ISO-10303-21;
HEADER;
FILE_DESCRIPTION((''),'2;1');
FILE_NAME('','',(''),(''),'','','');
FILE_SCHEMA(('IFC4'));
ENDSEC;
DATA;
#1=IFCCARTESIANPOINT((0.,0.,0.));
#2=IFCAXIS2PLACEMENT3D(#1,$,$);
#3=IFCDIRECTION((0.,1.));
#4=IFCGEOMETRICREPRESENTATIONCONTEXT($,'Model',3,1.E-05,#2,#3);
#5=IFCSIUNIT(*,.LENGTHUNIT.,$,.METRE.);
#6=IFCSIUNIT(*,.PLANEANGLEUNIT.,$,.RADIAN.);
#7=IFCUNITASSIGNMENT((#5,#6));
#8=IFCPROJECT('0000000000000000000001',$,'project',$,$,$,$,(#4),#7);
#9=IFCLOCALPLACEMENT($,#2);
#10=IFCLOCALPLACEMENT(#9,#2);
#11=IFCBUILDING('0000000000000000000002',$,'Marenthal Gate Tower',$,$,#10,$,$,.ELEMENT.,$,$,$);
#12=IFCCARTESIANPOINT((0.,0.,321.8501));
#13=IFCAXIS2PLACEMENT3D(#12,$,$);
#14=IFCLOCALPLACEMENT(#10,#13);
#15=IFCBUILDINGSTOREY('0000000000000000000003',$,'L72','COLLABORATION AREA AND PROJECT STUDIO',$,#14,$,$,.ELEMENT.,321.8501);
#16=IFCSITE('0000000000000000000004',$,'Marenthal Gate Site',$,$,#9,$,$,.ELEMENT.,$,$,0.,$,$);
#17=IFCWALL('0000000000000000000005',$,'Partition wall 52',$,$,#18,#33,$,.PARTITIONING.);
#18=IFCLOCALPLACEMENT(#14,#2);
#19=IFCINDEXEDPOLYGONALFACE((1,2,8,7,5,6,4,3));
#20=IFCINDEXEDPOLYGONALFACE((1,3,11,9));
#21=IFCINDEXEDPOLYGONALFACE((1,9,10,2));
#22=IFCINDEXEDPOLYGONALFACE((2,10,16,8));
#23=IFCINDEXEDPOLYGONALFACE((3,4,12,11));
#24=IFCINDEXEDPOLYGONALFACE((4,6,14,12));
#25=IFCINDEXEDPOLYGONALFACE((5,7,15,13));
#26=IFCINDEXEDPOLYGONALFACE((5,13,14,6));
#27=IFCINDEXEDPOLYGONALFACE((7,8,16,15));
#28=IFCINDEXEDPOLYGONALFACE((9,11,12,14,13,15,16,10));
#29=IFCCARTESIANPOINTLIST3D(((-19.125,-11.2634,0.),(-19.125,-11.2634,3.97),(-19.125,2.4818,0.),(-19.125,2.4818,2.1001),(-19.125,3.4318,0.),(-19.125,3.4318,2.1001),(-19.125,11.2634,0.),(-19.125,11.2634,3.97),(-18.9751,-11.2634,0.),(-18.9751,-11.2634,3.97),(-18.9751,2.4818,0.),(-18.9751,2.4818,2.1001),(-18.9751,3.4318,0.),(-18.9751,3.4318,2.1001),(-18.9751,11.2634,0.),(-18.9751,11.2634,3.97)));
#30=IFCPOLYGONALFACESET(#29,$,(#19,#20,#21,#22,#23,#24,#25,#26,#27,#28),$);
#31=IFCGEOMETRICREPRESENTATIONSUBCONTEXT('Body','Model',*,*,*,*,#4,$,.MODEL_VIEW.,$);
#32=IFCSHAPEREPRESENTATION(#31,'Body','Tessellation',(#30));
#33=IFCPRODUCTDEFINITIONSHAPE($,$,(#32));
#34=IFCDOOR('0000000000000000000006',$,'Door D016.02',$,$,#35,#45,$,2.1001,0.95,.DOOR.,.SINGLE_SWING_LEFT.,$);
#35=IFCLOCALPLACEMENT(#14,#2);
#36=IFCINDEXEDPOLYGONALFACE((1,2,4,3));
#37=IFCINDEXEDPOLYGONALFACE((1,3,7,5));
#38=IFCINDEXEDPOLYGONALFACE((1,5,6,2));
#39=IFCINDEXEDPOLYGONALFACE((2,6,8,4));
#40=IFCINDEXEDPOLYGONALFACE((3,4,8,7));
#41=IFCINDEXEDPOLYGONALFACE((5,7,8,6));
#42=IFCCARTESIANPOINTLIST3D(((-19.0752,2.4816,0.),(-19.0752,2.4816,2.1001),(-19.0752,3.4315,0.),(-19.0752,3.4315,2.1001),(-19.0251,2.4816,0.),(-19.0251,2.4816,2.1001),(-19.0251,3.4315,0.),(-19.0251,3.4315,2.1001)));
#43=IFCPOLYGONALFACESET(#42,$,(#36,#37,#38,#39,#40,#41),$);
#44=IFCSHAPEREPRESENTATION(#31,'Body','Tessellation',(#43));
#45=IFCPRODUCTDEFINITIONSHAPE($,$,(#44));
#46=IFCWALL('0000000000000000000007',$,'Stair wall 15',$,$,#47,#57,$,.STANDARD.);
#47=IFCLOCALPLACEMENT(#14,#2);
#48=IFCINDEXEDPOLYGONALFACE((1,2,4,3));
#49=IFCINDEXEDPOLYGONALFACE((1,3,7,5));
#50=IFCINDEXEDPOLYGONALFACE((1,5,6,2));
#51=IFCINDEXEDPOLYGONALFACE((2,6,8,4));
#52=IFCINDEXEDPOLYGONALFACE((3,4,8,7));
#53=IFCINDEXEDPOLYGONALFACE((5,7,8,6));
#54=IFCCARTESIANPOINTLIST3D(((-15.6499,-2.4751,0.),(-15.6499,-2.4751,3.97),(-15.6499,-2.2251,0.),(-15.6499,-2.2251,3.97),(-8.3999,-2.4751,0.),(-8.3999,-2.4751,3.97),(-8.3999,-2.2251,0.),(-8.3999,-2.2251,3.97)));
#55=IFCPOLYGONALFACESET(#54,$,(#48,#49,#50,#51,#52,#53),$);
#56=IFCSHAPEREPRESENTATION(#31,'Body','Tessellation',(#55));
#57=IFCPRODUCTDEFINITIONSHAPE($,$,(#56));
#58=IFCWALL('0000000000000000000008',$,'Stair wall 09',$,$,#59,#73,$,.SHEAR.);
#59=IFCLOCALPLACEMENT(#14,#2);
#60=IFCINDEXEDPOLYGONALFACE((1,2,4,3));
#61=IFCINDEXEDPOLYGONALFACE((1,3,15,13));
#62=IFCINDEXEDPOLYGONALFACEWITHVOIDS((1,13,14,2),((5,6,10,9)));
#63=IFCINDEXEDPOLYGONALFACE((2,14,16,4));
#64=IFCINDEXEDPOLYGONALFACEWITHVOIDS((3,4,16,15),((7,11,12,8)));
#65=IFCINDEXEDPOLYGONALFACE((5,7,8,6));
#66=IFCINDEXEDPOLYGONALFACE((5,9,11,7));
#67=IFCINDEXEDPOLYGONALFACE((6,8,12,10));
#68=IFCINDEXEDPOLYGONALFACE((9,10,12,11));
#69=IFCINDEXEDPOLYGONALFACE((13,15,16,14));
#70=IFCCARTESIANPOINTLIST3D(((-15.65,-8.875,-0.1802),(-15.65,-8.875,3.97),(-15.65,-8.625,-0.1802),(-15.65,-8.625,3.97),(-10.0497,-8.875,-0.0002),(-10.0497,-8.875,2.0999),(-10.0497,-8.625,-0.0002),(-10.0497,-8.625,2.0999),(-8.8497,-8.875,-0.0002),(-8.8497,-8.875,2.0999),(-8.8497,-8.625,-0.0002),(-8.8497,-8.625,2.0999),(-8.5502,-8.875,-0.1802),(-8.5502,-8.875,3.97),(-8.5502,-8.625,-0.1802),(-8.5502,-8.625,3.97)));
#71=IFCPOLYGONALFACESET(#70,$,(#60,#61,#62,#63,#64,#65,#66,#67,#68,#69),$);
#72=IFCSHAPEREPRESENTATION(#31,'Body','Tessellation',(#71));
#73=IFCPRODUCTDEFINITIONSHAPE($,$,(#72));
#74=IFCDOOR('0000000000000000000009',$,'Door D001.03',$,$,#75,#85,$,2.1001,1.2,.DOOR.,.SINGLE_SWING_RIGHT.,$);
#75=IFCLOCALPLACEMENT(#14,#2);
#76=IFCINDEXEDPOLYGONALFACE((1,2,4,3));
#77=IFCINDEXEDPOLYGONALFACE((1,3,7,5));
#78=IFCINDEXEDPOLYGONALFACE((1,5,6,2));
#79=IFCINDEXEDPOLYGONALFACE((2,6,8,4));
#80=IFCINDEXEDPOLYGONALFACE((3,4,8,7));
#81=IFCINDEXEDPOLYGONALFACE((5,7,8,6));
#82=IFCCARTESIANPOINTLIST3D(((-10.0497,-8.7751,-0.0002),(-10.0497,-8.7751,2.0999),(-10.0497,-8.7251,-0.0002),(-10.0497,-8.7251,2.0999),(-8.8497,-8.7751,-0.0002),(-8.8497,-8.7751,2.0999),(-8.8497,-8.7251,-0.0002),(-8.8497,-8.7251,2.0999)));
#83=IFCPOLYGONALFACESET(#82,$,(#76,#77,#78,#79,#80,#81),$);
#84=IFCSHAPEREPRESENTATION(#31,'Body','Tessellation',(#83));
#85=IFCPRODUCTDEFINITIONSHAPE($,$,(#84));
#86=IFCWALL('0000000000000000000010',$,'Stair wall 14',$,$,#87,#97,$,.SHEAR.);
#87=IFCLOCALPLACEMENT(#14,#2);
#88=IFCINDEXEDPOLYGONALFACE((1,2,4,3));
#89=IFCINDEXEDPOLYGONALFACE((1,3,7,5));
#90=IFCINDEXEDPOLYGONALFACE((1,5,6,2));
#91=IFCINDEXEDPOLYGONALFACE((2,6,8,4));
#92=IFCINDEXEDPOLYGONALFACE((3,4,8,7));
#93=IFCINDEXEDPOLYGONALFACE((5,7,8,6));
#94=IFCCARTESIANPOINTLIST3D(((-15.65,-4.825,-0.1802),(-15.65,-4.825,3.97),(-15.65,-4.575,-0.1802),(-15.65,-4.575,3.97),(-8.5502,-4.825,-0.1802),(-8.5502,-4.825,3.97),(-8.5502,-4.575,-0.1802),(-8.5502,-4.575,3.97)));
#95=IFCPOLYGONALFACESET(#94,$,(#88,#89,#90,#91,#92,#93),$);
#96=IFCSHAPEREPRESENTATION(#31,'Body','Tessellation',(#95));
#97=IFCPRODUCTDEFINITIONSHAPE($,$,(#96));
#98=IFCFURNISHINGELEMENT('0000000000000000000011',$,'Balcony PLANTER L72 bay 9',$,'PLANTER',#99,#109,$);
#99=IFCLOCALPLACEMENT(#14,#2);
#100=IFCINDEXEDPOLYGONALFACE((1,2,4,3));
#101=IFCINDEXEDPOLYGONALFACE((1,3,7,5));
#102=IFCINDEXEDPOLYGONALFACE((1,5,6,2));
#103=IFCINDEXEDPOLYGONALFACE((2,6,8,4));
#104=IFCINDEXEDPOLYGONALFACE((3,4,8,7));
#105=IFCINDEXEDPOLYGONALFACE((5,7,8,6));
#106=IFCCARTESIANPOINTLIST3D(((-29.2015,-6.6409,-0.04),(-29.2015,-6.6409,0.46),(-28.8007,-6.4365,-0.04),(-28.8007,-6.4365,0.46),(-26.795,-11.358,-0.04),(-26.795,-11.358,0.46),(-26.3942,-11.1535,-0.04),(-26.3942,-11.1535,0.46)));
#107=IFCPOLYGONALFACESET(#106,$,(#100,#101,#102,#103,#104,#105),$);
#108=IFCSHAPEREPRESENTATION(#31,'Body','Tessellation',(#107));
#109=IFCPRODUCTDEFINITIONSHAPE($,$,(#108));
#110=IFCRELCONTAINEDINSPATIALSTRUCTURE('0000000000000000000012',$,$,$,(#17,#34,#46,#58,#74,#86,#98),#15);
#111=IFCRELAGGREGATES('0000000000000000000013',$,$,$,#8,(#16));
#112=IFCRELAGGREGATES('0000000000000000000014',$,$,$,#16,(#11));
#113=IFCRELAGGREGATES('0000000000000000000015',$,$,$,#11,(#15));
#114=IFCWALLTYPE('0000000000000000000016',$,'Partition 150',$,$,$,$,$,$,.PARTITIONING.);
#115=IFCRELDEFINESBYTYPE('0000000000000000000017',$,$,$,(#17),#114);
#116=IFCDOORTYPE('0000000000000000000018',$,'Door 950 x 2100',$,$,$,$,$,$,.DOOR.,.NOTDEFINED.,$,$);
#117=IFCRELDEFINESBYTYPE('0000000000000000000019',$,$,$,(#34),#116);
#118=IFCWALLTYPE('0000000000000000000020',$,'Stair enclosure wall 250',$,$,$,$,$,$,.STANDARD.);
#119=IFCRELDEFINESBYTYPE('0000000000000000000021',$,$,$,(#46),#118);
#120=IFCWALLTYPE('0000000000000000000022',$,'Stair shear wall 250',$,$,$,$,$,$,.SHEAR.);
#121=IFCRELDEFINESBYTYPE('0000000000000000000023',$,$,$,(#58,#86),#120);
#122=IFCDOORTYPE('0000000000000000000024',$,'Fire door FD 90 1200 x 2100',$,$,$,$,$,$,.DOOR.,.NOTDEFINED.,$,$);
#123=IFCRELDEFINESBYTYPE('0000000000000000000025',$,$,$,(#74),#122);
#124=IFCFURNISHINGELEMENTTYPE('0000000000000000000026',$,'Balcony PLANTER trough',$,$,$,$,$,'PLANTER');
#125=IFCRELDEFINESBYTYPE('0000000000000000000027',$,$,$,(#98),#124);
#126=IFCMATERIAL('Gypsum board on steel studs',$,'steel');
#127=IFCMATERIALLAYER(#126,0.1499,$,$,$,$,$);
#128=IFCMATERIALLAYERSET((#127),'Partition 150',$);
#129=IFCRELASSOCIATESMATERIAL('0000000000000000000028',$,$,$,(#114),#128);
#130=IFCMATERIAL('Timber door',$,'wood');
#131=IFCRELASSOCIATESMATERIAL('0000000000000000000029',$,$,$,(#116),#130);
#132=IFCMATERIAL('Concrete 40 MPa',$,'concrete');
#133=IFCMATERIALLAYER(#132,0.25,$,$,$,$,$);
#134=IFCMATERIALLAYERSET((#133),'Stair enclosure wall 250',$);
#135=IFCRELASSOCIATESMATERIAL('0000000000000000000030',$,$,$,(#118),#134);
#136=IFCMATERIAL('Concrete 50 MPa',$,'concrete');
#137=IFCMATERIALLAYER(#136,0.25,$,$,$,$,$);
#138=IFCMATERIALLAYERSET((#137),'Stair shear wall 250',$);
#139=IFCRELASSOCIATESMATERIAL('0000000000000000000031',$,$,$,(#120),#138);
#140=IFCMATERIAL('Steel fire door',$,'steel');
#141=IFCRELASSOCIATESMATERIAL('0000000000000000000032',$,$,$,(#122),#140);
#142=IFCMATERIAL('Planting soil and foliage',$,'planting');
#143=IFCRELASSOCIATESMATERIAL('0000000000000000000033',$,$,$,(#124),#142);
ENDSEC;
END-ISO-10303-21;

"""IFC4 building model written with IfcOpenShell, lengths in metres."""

from ifc_helpers import new_model, si_unit, direction, frame, frame_2d, origin, origin_2d, place, context, subcontext, project, spatial, rectangle, extrude, material, layer, layer_set, type_object, element, fill, save


model = new_model("IFC4")

# Units and contexts
model_context = context("Model", 3, precision=1e-05, world=origin(), true_north=direction((0.0, 1.0)))
body_context = subcontext(model_context, "Body", "Model", "MODEL_VIEW")
ifc_project = project(units=[si_unit("LENGTHUNIT", "METRE"), si_unit("PLANEANGLEUNIT", "RADIAN")], contexts=[model_context])

# Site, building, storey
site_placement = place(None, origin())
site = spatial("IfcSite", under=ifc_project, at=site_placement, Name="Marenthal Gate Site", CompositionType="ELEMENT", RefElevation=0.0)
building_placement = place(site_placement, origin())
building = spatial("IfcBuilding", under=site, at=building_placement, Name="Marenthal Gate Tower", CompositionType="ELEMENT")
storey_placement = place(building_placement, frame((0.0, 0.0, 321.8501)))
storey = spatial("IfcBuildingStorey", under=building, at=storey_placement, Name="L72", Description="COLLABORATION AREA AND PROJECT STUDIO", CompositionType="ELEMENT", Elevation=321.8501)

# Wall, opening, door
ifc_material_1 = material(Name="Gypsum board on steel studs", Category="steel")
ifc_layer_1 = layer(ifc_material_1, 0.1499)
ifc_layer_set_1 = layer_set([ifc_layer_1], Name="Partition 150")
wall_type_1 = type_object("IfcWallType", Name="Partition 150", PredefinedType="PARTITIONING", material=ifc_layer_set_1)
wall_1_placement = place(storey_placement, frame((-19.05, -11.2634, 0.0), z_axis=(0.0, 0.0, 1.0), x_axis=(0.0, 1.0, 0.0)))
wall_1 = element("IfcWall", 1, at=wall_1_placement, inside=storey, type_object=wall_type_1, Name="Partition wall 52", PredefinedType="PARTITIONING", context=body_context, shape_type="SweptSolid", body=[
    extrude(rectangle(XDim=22.5269, YDim=0.1499, at=frame_2d((11.2634, 0.0))), origin(), (0.0, 0.0, 1.0), 3.97),
])
opening_1_placement = place(wall_1_placement, frame((13.7451, 0.0, 0.0)))
opening_1 = element("IfcOpeningElement", 2, at=opening_1_placement, cuts=wall_1, PredefinedType="OPENING", context=body_context, shape_type="SweptSolid", body=[
    extrude(rectangle(XDim=0.95, YDim=2.1001, at=frame_2d((0.4751, 1.05))), frame((0.0, 0.085, 0.0), z_axis=(0.0, -1.0, 0.0), x_axis=(1.0, 0.0, 0.0)), (0.0, 0.0, 1.0), 0.1699),
])
ifc_material_2 = material(Name="Timber door", Category="wood")
door_type_1 = type_object("IfcDoorType", Name="Door 950 x 2100", OperationType="NOTDEFINED", PredefinedType="DOOR", material=ifc_material_2)
door_1_placement = place(opening_1_placement, frame((0.95, 0.0, 0.0), z_axis=(0.0, 0.0, 1.0), x_axis=(-1.0, 0.0, 0.0)))
door_1 = element("IfcDoor", 3, at=door_1_placement, inside=storey, type_object=door_type_1, Name="Door D016.02", OperationType="SINGLE_SWING_LEFT", OverallHeight=2.1001, OverallWidth=0.95, PredefinedType="DOOR", context=body_context, shape_type="SweptSolid", body=[
    extrude(rectangle(XDim=0.95, YDim=2.1001, at=frame_2d((0.4751, 1.05))), frame((0.0, 0.0249, 0.0), z_axis=(0.0, -1.0, 0.0), x_axis=(1.0, 0.0, 0.0)), (0.0, 0.0, 1.0), 0.05),
])
fill(opening_1, door_1)

# Wall
ifc_material_3 = material(Name="Concrete 40 MPa", Category="concrete")
ifc_layer_2 = layer(ifc_material_3, 0.25)
ifc_layer_set_2 = layer_set([ifc_layer_2], Name="Stair enclosure wall 250")
wall_type_2 = type_object("IfcWallType", Name="Stair enclosure wall 250", PredefinedType="STANDARD", material=ifc_layer_set_2)
wall_2_placement = place(storey_placement, frame((-15.6499, -2.3501, 0.0), z_axis=(0.0, 0.0, 1.0), x_axis=(1.0, 0.0, 0.0)))
element("IfcWall", 4, at=wall_2_placement, inside=storey, type_object=wall_type_2, Name="Stair wall 15", PredefinedType="STANDARD", context=body_context, shape_type="SweptSolid", body=[
    extrude(rectangle(XDim=7.25, YDim=0.25, at=frame_2d((3.625, 0.0))), origin(), (0.0, 0.0, 1.0), 3.97),
])

# Wall, opening, door
ifc_material_4 = material(Name="Concrete 50 MPa", Category="concrete")
ifc_layer_3 = layer(ifc_material_4, 0.25)
ifc_layer_set_3 = layer_set([ifc_layer_3], Name="Stair shear wall 250")
wall_type_3 = type_object("IfcWallType", Name="Stair shear wall 250", PredefinedType="SHEAR", material=ifc_layer_set_3)
wall_3_placement = place(storey_placement, frame((-15.6499, -8.75, -0.1802), z_axis=(0.0, 0.0, 1.0), x_axis=(1.0, 0.0, 0.0)))
wall_3 = element("IfcWall", 5, at=wall_3_placement, inside=storey, type_object=wall_type_3, Name="Stair wall 09", PredefinedType="SHEAR", context=body_context, shape_type="SweptSolid", body=[
    extrude(rectangle(XDim=7.0999, YDim=0.25, at=frame_2d((3.5498, 0.0))), origin(), (0.0, 0.0, 1.0), 4.1501),
])
opening_2_placement = place(wall_3_placement, frame((5.6001, 0.0, 0.1799)))
opening_2 = element("IfcOpeningElement", 6, at=opening_2_placement, cuts=wall_3, PredefinedType="OPENING", context=body_context, shape_type="SweptSolid", body=[
    extrude(rectangle(XDim=1.2, YDim=2.1001, at=frame_2d((0.6001, 1.05))), frame((0.0, 0.135, 0.0), z_axis=(0.0, -1.0, 0.0), x_axis=(1.0, 0.0, 0.0)), (0.0, 0.0, 1.0), 0.27),
])
ifc_material_5 = material(Name="Steel fire door", Category="steel")
door_type_2 = type_object("IfcDoorType", Name="Fire door FD 90 1200 x 2100", OperationType="NOTDEFINED", PredefinedType="DOOR", material=ifc_material_5)
door_2_placement = place(opening_2_placement, origin())
door_2 = element("IfcDoor", 7, at=door_2_placement, inside=storey, type_object=door_type_2, Name="Door D001.03", OperationType="SINGLE_SWING_RIGHT", OverallHeight=2.1001, OverallWidth=1.2, PredefinedType="DOOR", context=body_context, shape_type="SweptSolid", body=[
    extrude(rectangle(XDim=1.2, YDim=2.1001, at=frame_2d((0.6001, 1.05))), frame((0.0, 0.0249, 0.0), z_axis=(0.0, -1.0, 0.0), x_axis=(1.0, 0.0, 0.0)), (0.0, 0.0, 1.0), 0.05),
])
fill(opening_2, door_2)

# Wall
wall_4_placement = place(storey_placement, frame((-15.6499, -4.7, -0.1802), z_axis=(0.0, 0.0, 1.0), x_axis=(1.0, 0.0, 0.0)))
element("IfcWall", 8, at=wall_4_placement, inside=storey, type_object=wall_type_3, Name="Stair wall 14", PredefinedType="SHEAR", context=body_context, shape_type="SweptSolid", body=[
    extrude(rectangle(XDim=7.0999, YDim=0.25, at=frame_2d((3.5498, 0.0))), origin(), (0.0, 0.0, 1.0), 4.1501),
])

# Furnishing element
ifc_material_6 = material(Name="Planting soil and foliage", Category="planting")
furnishing_element_type = type_object("IfcFurnishingElementType", Name="Balcony PLANTER trough", ElementType="PLANTER", material=ifc_material_6)
furnishing_placement = place(storey_placement, frame((-27.7979, -8.8972, -0.04), z_axis=(0.0, 0.0, 1.0), x_axis=(0.454443, -0.890776, 0.0)))
element("IfcFurnishingElement", 9, at=furnishing_placement, inside=storey, type_object=furnishing_element_type, Name="Balcony PLANTER L72 bay 9", ObjectType="PLANTER", context=body_context, shape_type="SweptSolid", body=[
    extrude(rectangle(XDim=5.2954, YDim=0.45, at=origin_2d()), origin(), (0.0, 0.0, 1.0), 0.5),
])

save(model, "model.ifc")
